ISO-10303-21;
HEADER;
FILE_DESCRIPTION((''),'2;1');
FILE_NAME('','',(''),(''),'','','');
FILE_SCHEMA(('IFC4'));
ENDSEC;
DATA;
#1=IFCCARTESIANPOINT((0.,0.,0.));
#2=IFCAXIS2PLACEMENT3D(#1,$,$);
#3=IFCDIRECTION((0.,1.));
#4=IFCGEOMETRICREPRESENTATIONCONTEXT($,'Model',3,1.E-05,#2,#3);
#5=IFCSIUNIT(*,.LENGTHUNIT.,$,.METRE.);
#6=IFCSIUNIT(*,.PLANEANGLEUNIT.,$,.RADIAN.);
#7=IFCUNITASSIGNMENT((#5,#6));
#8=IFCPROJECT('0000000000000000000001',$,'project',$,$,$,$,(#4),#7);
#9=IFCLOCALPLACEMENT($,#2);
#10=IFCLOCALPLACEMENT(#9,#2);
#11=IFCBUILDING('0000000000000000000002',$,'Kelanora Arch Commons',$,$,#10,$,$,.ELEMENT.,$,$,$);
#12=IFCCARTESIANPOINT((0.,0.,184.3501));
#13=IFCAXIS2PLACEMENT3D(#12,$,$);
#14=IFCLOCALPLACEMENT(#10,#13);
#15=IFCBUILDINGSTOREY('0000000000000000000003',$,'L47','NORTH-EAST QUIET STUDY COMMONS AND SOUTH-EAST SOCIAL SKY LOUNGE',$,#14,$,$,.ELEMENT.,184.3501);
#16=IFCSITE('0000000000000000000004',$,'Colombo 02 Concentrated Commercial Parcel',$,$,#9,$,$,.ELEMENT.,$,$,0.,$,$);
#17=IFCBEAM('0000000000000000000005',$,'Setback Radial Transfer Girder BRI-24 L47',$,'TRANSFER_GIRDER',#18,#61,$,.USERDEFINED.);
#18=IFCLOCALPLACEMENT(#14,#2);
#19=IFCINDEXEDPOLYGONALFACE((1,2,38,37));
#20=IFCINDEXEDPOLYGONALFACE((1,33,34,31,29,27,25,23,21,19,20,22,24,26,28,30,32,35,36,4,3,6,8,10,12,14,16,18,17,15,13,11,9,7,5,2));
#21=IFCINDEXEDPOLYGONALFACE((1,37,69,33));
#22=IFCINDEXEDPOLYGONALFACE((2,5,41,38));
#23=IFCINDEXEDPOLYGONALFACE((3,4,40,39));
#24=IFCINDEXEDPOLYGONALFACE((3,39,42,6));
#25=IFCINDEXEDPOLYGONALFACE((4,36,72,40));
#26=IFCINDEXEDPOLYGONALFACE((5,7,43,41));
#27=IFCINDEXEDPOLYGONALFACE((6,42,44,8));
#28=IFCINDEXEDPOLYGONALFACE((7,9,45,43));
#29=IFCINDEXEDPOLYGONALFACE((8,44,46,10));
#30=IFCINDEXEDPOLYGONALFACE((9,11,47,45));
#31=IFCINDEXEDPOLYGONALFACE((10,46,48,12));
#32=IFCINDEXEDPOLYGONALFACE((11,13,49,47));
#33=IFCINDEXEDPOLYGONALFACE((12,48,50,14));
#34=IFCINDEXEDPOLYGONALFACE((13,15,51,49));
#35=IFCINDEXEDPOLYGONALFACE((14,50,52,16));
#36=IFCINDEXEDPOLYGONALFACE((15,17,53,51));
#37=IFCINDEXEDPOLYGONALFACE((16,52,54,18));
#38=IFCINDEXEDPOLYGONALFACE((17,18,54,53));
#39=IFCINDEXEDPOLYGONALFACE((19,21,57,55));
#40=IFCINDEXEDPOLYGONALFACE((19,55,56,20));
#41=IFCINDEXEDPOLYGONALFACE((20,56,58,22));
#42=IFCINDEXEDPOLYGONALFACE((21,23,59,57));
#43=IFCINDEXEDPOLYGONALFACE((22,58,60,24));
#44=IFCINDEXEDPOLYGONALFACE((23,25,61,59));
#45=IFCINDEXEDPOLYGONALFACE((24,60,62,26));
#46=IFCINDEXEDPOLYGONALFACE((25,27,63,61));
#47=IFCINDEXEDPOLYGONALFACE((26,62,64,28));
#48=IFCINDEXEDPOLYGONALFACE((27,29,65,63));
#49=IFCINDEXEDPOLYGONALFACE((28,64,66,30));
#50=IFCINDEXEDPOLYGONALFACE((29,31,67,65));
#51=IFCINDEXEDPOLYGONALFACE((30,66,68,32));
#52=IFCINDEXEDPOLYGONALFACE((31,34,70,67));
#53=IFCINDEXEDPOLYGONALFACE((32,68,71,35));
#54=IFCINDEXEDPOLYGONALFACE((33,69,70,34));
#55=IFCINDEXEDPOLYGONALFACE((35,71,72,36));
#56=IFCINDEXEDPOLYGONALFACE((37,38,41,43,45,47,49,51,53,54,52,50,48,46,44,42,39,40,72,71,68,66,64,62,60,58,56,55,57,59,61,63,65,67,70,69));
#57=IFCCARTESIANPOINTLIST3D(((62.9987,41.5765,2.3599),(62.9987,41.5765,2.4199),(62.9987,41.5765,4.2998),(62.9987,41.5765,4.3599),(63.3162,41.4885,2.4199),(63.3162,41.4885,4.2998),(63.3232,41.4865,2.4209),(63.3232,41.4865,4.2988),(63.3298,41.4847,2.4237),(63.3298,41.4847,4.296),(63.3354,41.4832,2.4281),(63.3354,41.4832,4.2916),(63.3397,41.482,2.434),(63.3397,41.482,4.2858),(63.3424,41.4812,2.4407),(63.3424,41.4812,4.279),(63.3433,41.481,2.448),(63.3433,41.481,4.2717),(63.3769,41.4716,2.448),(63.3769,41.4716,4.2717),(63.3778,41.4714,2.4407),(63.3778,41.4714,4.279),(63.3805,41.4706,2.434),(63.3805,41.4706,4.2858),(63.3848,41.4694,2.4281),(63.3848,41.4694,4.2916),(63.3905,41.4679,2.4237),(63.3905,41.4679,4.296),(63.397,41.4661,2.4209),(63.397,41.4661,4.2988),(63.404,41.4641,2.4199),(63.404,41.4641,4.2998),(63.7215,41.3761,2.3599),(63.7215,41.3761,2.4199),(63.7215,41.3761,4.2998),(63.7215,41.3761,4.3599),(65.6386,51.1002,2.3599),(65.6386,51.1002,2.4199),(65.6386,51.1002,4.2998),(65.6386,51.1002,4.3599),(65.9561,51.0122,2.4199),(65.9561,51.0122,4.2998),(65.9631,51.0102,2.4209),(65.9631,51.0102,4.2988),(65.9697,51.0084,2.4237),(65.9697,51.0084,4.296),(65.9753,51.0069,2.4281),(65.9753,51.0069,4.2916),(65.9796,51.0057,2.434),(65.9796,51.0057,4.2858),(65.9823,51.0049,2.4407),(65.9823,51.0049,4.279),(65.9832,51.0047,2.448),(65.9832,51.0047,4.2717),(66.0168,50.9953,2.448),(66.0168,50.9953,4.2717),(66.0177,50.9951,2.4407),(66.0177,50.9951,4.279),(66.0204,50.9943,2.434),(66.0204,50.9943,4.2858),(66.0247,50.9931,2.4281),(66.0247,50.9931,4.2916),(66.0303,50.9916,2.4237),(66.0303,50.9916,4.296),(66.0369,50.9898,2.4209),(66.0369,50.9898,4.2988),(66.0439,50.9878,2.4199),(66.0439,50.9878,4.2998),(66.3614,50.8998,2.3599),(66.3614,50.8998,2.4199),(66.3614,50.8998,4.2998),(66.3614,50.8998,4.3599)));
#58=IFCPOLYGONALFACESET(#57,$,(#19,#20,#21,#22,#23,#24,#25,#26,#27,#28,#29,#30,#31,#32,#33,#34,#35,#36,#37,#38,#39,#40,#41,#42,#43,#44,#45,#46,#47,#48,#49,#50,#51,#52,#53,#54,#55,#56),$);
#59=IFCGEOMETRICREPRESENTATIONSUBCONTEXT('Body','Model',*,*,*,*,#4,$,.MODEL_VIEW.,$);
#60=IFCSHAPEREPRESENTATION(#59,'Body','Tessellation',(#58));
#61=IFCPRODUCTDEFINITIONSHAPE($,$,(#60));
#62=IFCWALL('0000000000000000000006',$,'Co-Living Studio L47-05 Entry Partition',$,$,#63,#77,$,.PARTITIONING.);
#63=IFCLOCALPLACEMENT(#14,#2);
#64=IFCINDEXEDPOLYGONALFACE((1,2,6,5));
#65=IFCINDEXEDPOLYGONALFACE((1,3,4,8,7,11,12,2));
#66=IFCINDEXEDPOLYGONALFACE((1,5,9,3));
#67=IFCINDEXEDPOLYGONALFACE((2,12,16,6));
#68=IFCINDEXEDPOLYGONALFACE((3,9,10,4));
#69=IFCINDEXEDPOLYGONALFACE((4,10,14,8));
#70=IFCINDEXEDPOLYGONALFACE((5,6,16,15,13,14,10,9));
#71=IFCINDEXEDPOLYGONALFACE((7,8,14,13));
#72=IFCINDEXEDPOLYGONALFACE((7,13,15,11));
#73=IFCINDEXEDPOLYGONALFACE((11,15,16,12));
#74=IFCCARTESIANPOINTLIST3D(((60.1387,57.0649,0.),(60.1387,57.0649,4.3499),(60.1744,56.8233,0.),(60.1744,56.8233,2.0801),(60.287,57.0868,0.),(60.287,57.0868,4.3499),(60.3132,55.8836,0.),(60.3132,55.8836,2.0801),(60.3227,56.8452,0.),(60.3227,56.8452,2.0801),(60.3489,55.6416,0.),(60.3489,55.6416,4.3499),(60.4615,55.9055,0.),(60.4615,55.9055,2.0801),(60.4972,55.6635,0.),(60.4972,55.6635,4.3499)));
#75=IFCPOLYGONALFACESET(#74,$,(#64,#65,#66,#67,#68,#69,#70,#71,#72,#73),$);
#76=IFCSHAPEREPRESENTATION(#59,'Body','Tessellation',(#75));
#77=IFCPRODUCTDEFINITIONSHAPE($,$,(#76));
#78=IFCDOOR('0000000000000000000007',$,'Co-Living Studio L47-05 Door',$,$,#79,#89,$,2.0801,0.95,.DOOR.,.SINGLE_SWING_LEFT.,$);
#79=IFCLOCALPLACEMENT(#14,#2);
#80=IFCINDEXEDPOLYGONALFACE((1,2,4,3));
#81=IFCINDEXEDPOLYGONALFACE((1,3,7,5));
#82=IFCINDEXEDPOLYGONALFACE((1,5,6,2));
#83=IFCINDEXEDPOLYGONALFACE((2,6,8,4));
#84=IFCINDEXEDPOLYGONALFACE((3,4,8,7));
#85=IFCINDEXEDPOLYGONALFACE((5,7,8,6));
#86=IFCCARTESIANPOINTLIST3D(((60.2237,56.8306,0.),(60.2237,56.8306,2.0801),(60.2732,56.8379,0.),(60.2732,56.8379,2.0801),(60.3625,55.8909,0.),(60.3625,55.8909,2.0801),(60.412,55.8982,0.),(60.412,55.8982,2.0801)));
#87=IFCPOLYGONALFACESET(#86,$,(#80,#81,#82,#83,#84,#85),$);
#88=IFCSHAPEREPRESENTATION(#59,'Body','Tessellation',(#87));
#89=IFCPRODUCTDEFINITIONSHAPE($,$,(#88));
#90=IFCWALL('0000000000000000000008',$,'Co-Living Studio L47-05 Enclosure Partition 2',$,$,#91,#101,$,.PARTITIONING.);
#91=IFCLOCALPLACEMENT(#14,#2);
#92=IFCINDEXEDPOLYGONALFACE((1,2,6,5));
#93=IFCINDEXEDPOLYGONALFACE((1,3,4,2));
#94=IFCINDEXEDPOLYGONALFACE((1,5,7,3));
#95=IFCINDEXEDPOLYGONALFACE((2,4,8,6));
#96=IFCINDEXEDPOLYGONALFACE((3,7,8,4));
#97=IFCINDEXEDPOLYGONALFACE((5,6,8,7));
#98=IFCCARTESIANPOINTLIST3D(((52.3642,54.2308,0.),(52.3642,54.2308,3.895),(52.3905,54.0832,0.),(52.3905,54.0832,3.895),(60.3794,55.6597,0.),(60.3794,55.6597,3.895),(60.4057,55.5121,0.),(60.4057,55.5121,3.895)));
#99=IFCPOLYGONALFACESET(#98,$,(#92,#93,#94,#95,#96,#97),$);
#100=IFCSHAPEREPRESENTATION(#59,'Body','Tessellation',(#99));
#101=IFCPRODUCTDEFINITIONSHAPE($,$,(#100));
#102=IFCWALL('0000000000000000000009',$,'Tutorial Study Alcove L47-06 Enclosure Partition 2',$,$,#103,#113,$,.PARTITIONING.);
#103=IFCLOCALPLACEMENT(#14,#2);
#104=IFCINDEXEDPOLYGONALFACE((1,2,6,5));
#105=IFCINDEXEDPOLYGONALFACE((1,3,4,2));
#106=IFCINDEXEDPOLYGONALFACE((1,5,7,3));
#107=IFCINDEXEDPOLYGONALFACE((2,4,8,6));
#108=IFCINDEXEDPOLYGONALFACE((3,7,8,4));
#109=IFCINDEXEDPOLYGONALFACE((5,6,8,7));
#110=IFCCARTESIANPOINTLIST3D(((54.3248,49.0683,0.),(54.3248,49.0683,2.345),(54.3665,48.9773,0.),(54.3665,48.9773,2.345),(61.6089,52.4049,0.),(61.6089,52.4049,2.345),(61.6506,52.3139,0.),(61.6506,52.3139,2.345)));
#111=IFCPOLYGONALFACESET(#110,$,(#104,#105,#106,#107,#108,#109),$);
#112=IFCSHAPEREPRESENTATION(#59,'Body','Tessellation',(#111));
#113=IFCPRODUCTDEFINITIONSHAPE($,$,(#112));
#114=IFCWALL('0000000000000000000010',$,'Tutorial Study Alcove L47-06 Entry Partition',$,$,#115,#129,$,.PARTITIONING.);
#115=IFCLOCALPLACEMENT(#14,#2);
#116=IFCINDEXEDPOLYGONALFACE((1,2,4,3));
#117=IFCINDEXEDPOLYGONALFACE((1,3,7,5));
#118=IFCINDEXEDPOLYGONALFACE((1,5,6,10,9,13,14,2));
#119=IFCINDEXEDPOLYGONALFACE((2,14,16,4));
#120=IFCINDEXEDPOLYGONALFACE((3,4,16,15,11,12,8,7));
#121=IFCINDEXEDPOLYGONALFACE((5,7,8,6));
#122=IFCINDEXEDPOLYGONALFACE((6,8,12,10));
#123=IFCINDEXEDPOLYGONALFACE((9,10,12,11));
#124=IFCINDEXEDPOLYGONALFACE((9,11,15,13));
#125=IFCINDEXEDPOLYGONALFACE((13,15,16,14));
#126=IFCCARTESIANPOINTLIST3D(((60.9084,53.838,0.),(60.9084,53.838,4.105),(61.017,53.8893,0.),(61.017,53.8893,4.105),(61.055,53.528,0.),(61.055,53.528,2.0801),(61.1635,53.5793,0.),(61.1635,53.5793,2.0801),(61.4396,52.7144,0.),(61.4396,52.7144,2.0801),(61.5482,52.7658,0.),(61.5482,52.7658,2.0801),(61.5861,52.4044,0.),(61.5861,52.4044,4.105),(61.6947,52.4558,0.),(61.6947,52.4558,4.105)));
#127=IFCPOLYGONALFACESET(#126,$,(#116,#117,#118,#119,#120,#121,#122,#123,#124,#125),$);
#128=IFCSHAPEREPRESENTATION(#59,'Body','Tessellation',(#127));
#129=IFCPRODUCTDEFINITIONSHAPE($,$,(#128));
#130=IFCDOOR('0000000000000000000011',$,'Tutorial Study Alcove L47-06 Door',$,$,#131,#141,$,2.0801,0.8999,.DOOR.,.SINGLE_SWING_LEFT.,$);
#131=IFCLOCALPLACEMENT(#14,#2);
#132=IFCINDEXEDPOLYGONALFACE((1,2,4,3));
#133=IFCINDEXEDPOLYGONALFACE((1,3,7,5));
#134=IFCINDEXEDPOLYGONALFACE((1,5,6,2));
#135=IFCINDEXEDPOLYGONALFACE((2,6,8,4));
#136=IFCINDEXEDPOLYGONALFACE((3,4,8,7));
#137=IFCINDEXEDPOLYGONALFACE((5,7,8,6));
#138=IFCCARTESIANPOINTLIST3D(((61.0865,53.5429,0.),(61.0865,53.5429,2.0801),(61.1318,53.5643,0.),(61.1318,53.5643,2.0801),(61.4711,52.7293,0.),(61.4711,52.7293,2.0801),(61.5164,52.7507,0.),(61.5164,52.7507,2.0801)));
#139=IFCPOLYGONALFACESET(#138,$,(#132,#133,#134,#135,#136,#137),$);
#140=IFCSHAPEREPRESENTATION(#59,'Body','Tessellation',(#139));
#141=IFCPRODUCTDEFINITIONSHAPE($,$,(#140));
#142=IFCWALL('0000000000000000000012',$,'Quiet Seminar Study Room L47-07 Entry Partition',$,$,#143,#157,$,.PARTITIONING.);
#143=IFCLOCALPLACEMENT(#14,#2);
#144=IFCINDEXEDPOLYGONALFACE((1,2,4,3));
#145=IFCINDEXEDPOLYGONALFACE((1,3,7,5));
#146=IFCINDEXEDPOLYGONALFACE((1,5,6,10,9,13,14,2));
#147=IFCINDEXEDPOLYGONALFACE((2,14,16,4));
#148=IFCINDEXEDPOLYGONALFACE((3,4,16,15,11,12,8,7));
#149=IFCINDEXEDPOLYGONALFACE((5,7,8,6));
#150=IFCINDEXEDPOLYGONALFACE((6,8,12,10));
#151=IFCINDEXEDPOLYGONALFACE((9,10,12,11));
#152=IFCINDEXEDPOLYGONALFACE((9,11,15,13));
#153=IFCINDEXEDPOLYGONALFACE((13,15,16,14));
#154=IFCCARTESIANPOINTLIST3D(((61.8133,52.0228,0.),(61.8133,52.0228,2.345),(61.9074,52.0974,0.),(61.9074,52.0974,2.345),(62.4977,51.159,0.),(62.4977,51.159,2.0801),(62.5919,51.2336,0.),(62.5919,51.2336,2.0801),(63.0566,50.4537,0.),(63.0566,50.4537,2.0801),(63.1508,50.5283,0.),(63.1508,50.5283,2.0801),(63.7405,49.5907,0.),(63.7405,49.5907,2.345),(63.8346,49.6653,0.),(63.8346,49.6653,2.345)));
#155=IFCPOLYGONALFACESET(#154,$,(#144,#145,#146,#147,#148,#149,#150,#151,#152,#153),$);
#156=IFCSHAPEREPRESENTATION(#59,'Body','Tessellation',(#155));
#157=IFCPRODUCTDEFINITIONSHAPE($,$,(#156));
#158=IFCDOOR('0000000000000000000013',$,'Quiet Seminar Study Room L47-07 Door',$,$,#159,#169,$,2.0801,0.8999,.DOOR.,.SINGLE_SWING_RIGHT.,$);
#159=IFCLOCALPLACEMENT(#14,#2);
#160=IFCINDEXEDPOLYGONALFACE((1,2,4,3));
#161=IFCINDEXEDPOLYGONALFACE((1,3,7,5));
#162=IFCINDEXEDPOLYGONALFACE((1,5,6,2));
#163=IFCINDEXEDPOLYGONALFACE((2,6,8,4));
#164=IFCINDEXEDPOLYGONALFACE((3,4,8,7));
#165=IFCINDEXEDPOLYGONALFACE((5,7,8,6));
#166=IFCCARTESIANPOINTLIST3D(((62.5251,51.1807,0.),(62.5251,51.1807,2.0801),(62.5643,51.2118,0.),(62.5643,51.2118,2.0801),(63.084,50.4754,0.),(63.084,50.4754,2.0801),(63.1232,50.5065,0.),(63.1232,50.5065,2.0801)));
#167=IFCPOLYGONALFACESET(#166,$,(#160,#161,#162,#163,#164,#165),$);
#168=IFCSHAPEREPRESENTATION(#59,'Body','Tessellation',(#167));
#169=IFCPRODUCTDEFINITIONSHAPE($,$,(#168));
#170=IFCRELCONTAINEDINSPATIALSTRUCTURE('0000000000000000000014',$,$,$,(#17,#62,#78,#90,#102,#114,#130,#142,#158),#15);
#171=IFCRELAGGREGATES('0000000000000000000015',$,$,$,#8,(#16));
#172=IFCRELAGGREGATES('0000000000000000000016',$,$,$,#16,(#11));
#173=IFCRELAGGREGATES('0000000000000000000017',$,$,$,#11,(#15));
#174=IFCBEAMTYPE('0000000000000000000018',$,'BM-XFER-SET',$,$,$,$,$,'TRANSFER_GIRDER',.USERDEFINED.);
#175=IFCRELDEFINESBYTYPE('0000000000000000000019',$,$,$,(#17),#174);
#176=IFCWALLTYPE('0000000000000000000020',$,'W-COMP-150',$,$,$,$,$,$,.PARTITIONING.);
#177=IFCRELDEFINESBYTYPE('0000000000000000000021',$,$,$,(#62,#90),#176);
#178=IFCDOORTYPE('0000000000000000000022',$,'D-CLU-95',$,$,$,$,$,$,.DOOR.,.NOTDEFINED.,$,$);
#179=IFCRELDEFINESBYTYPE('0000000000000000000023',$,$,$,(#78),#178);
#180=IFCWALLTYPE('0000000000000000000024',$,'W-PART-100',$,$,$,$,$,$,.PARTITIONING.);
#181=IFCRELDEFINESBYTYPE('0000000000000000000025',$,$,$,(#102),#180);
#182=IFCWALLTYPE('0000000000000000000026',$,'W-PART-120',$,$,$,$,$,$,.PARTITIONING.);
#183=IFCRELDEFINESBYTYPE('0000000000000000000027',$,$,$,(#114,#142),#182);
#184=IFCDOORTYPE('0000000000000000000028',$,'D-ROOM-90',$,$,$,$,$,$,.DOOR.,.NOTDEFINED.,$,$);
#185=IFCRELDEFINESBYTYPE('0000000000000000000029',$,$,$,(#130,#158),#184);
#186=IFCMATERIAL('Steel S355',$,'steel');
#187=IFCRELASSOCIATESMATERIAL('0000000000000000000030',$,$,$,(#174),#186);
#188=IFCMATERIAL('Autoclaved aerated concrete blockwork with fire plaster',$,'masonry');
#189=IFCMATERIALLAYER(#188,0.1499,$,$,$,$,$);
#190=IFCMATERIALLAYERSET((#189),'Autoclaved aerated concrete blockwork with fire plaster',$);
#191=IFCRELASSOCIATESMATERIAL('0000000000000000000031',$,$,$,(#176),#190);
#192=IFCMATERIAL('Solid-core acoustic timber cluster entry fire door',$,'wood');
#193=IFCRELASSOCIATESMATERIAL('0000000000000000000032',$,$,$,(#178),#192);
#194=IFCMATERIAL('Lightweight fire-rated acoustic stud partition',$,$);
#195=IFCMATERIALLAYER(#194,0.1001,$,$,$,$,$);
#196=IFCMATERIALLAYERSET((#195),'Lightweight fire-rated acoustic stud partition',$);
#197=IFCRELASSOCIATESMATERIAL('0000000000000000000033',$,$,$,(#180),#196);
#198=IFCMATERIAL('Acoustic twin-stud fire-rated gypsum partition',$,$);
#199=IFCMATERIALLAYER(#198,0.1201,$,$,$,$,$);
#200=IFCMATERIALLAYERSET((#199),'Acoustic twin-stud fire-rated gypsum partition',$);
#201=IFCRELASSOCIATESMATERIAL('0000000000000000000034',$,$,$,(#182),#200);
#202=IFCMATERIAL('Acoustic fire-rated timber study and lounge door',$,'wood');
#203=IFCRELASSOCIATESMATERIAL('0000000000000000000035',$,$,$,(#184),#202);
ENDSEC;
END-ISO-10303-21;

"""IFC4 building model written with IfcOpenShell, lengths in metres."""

from ifc_helpers import new_model, si_unit, direction, frame, frame_2d, origin, origin_2d, place, context, subcontext, project, spatial, rectangle, i_section, extrude, material, layer, layer_set, material_profile, profile_set, type_object, element, fill, save


model = new_model("IFC4")

# Units and contexts
model_context = context("Model", 3, precision=1e-05, world=origin(), true_north=direction((0.0, 1.0)))
body_context = subcontext(model_context, "Body", "Model", "MODEL_VIEW")
ifc_project = project(units=[si_unit("LENGTHUNIT", "METRE"), si_unit("PLANEANGLEUNIT", "RADIAN")], contexts=[model_context])

# Site, building, storey
site_placement = place(None, origin())
site = spatial("IfcSite", under=ifc_project, at=site_placement, Name="Colombo 02 Concentrated Commercial Parcel", CompositionType="ELEMENT", RefElevation=0.0)
building_placement = place(site_placement, origin())
building = spatial("IfcBuilding", under=site, at=building_placement, Name="Kelanora Arch Commons", CompositionType="ELEMENT")
storey_placement = place(building_placement, frame((0.0, 0.0, 184.3501)))
storey = spatial("IfcBuildingStorey", under=building, at=storey_placement, Name="L47", Description="NORTH-EAST QUIET STUDY COMMONS AND SOUTH-EAST SOCIAL SKY LOUNGE", CompositionType="ELEMENT", Elevation=184.3501)

# Beam
ifc_material_1 = material(Name="Steel S355", Category="steel")
ifc_material_profile_1 = material_profile(ifc_material_1, i_section(OverallWidth=0.75, OverallDepth=2.0, WebThickness=0.0349, FlangeThickness=0.0601, FilletRadius=0.0281, at=origin_2d()), Name="PG2000x750")
ifc_profile_set_1 = profile_set([ifc_material_profile_1], Name="Steel S355")
beam_type_1 = type_object("IfcBeamType", Name="BM-XFER-SET", ElementType="TRANSFER_GIRDER", PredefinedType="USERDEFINED", material=ifc_profile_set_1)
beam_1_placement = place(storey_placement, frame((66.0, 51.0, 3.3599), z_axis=(-0.26712, -0.963663, 0.0), x_axis=(0.963663, -0.26712, 0.0)))
element("IfcBeam", 1, at=beam_1_placement, inside=storey, type_object=beam_type_1, Name="Setback Radial Transfer Girder BRI-24 L47", ObjectType="TRANSFER_GIRDER", PredefinedType="USERDEFINED", context=body_context, shape_type="SweptSolid", body=[
    extrude(i_section(OverallWidth=0.75, OverallDepth=2.0, WebThickness=0.0349, FlangeThickness=0.0601, FilletRadius=0.0281, at=origin_2d()), origin(), (0.0, 0.0, 1.0), 9.8828),
])

# Wall, opening, door
ifc_material_2 = material(Name="Autoclaved aerated concrete blockwork with fire plaster", Category="masonry")
ifc_layer_1 = layer(ifc_material_2, 0.1499)
ifc_layer_set_1 = layer_set([ifc_layer_1], Name="Autoclaved aerated concrete blockwork with fire plaster")
wall_type_1 = type_object("IfcWallType", Name="W-COMP-150", PredefinedType="PARTITIONING", material=ifc_layer_set_1)
wall_1_placement = place(storey_placement, frame((60.2129, 57.0757, 0.0), z_axis=(0.0, 0.0, 1.0), x_axis=(0.1461, -0.98927, 0.0)))
wall_1 = element("IfcWall", 2, at=wall_1_placement, inside=storey, type_object=wall_type_1, Name="Co-Living Studio L47-05 Entry Partition", PredefinedType="PARTITIONING", context=body_context, shape_type="SweptSolid", body=[
    extrude(rectangle(XDim=1.4387, YDim=0.1499, at=frame_2d((0.7192, 0.0))), origin(), (0.0, 0.0, 1.0), 4.3499),
])
opening_1_placement = place(wall_1_placement, frame((0.2439, 0.0, 0.0)))
opening_1 = element("IfcOpeningElement", 3, at=opening_1_placement, cuts=wall_1, PredefinedType="OPENING", context=body_context, shape_type="SweptSolid", body=[
    extrude(rectangle(XDim=0.95, YDim=2.0801, at=frame_2d((0.4751, 1.04))), frame((0.0, 0.085, 0.0), z_axis=(0.0, -1.0, 0.0), x_axis=(1.0, 0.0, 0.0)), (0.0, 0.0, 1.0), 0.1699),
])
ifc_material_3 = material(Name="Solid-core acoustic timber cluster entry fire door", Category="wood")
door_type_1 = type_object("IfcDoorType", Name="D-CLU-95", OperationType="NOTDEFINED", PredefinedType="DOOR", material=ifc_material_3)
door_1_placement = place(opening_1_placement, origin())
door_1 = element("IfcDoor", 4, at=door_1_placement, inside=storey, type_object=door_type_1, Name="Co-Living Studio L47-05 Door", OperationType="SINGLE_SWING_LEFT", OverallHeight=2.0801, OverallWidth=0.95, PredefinedType="DOOR", context=body_context, shape_type="SweptSolid", body=[
    extrude(rectangle(XDim=0.95, YDim=2.0801, at=frame_2d((0.4751, 1.04))), frame((0.0, 0.0249, 0.0), z_axis=(0.0, -1.0, 0.0), x_axis=(1.0, 0.0, 0.0)), (0.0, 0.0, 1.0), 0.05),
])
fill(opening_1, door_1)

# Walls
wall_2_placement = place(storey_placement, frame((60.3926, 55.5859, 0.0), z_axis=(0.0, 0.0, 1.0), x_axis=(-0.984477, -0.175515, 0.0)))
element("IfcWall", 5, at=wall_2_placement, inside=storey, type_object=wall_type_1, Name="Co-Living Studio L47-05 Enclosure Partition 2", PredefinedType="PARTITIONING", context=body_context, shape_type="SweptSolid", body=[
    extrude(rectangle(XDim=8.1416, YDim=0.1499, at=frame_2d((4.0708, 0.0))), origin(), (0.0, 0.0, 1.0), 3.895),
])
ifc_material_4 = material(Name="Lightweight fire-rated acoustic stud partition")
ifc_layer_2 = layer(ifc_material_4, 0.1001)
ifc_layer_set_2 = layer_set([ifc_layer_2], Name="Lightweight fire-rated acoustic stud partition")
wall_type_2 = type_object("IfcWallType", Name="W-PART-100", PredefinedType="PARTITIONING", material=ifc_layer_set_2)
wall_3_placement = place(storey_placement, frame((61.6296, 52.3594, 0.0), z_axis=(0.0, 0.0, 1.0), x_axis=(-0.909155, -0.416457, 0.0)))
element("IfcWall", 6, at=wall_3_placement, inside=storey, type_object=wall_type_2, Name="Tutorial Study Alcove L47-06 Enclosure Partition 2", PredefinedType="PARTITIONING", context=body_context, shape_type="SweptSolid", body=[
    extrude(rectangle(XDim=8.012, YDim=0.1001, at=frame_2d((4.0059, 0.0))), origin(), (0.0, 0.0, 1.0), 2.345),
])

# Walls, openings, doors
ifc_material_5 = material(Name="Acoustic twin-stud fire-rated gypsum partition")
ifc_layer_3 = layer(ifc_material_5, 0.1201)
ifc_layer_set_3 = layer_set([ifc_layer_3], Name="Acoustic twin-stud fire-rated gypsum partition")
wall_type_3 = type_object("IfcWallType", Name="W-PART-120", PredefinedType="PARTITIONING", material=ifc_layer_set_3)
wall_4_placement = place(storey_placement, frame((60.9626, 53.8638, 0.0), z_axis=(0.0, 0.0, 1.0), x_axis=(0.427398, -0.904064, 0.0)))
wall_4 = element("IfcWall", 7, at=wall_4_placement, inside=storey, type_object=wall_type_3, Name="Tutorial Study Alcove L47-06 Entry Partition", PredefinedType="PARTITIONING", context=body_context, shape_type="SweptSolid", body=[
    extrude(rectangle(XDim=1.5857, YDim=0.1201, at=frame_2d((0.793, 0.0))), origin(), (0.0, 0.0, 1.0), 4.105),
])
opening_2_placement = place(wall_4_placement, frame((0.343, 0.0, 0.0)))
opening_2 = element("IfcOpeningElement", 8, at=opening_2_placement, cuts=wall_4, PredefinedType="OPENING", context=body_context, shape_type="SweptSolid", body=[
    extrude(rectangle(XDim=0.8999, YDim=2.0801, at=frame_2d((0.45, 1.04))), frame((0.0, 0.0701, 0.0), z_axis=(0.0, -1.0, 0.0), x_axis=(1.0, 0.0, 0.0)), (0.0, 0.0, 1.0), 0.1401),
])
ifc_material_6 = material(Name="Acoustic fire-rated timber study and lounge door", Category="wood")
door_type_2 = type_object("IfcDoorType", Name="D-ROOM-90", OperationType="NOTDEFINED", PredefinedType="DOOR", material=ifc_material_6)
door_2_placement = place(opening_2_placement, origin())
door_2 = element("IfcDoor", 9, at=door_2_placement, inside=storey, type_object=door_type_2, Name="Tutorial Study Alcove L47-06 Door", OperationType="SINGLE_SWING_LEFT", OverallHeight=2.0801, OverallWidth=0.8999, PredefinedType="DOOR", context=body_context, shape_type="SweptSolid", body=[
    extrude(rectangle(XDim=0.8999, YDim=2.0801, at=frame_2d((0.45, 1.04))), frame((0.0, 0.0249, 0.0), z_axis=(0.0, -1.0, 0.0), x_axis=(1.0, 0.0, 0.0)), (0.0, 0.0, 1.0), 0.05),
])
fill(opening_2, door_2)
wall_5_placement = place(storey_placement, frame((61.8604, 52.0601, 0.0), z_axis=(0.0, 0.0, 1.0), x_axis=(0.621062, -0.783762, 0.0)))
wall_5 = element("IfcWall", 10, at=wall_5_placement, inside=storey, type_object=wall_type_3, Name="Quiet Seminar Study Room L47-07 Entry Partition", PredefinedType="PARTITIONING", context=body_context, shape_type="SweptSolid", body=[
    extrude(rectangle(XDim=3.103, YDim=0.1201, at=frame_2d((1.5515, 0.0))), origin(), (0.0, 0.0, 1.0), 2.345),
])
opening_3_placement = place(wall_5_placement, frame((1.1021, 0.0, 0.0)))
opening_3 = element("IfcOpeningElement", 11, at=opening_3_placement, cuts=wall_5, PredefinedType="OPENING", context=body_context, shape_type="SweptSolid", body=[
    extrude(rectangle(XDim=0.8999, YDim=2.0801, at=frame_2d((0.45, 1.04))), frame((0.0, 0.0701, 0.0), z_axis=(0.0, -1.0, 0.0), x_axis=(1.0, 0.0, 0.0)), (0.0, 0.0, 1.0), 0.1401),
])
door_3_placement = place(opening_3_placement, origin())
door_3 = element("IfcDoor", 12, at=door_3_placement, inside=storey, type_object=door_type_2, Name="Quiet Seminar Study Room L47-07 Door", OperationType="SINGLE_SWING_RIGHT", OverallHeight=2.0801, OverallWidth=0.8999, PredefinedType="DOOR", context=body_context, shape_type="SweptSolid", body=[
    extrude(rectangle(XDim=0.8999, YDim=2.0801, at=frame_2d((0.45, 1.04))), frame((0.0, 0.0249, 0.0), z_axis=(0.0, -1.0, 0.0), x_axis=(1.0, 0.0, 0.0)), (0.0, 0.0, 1.0), 0.05),
])
fill(opening_3, door_3)

save(model, "model.ifc")
